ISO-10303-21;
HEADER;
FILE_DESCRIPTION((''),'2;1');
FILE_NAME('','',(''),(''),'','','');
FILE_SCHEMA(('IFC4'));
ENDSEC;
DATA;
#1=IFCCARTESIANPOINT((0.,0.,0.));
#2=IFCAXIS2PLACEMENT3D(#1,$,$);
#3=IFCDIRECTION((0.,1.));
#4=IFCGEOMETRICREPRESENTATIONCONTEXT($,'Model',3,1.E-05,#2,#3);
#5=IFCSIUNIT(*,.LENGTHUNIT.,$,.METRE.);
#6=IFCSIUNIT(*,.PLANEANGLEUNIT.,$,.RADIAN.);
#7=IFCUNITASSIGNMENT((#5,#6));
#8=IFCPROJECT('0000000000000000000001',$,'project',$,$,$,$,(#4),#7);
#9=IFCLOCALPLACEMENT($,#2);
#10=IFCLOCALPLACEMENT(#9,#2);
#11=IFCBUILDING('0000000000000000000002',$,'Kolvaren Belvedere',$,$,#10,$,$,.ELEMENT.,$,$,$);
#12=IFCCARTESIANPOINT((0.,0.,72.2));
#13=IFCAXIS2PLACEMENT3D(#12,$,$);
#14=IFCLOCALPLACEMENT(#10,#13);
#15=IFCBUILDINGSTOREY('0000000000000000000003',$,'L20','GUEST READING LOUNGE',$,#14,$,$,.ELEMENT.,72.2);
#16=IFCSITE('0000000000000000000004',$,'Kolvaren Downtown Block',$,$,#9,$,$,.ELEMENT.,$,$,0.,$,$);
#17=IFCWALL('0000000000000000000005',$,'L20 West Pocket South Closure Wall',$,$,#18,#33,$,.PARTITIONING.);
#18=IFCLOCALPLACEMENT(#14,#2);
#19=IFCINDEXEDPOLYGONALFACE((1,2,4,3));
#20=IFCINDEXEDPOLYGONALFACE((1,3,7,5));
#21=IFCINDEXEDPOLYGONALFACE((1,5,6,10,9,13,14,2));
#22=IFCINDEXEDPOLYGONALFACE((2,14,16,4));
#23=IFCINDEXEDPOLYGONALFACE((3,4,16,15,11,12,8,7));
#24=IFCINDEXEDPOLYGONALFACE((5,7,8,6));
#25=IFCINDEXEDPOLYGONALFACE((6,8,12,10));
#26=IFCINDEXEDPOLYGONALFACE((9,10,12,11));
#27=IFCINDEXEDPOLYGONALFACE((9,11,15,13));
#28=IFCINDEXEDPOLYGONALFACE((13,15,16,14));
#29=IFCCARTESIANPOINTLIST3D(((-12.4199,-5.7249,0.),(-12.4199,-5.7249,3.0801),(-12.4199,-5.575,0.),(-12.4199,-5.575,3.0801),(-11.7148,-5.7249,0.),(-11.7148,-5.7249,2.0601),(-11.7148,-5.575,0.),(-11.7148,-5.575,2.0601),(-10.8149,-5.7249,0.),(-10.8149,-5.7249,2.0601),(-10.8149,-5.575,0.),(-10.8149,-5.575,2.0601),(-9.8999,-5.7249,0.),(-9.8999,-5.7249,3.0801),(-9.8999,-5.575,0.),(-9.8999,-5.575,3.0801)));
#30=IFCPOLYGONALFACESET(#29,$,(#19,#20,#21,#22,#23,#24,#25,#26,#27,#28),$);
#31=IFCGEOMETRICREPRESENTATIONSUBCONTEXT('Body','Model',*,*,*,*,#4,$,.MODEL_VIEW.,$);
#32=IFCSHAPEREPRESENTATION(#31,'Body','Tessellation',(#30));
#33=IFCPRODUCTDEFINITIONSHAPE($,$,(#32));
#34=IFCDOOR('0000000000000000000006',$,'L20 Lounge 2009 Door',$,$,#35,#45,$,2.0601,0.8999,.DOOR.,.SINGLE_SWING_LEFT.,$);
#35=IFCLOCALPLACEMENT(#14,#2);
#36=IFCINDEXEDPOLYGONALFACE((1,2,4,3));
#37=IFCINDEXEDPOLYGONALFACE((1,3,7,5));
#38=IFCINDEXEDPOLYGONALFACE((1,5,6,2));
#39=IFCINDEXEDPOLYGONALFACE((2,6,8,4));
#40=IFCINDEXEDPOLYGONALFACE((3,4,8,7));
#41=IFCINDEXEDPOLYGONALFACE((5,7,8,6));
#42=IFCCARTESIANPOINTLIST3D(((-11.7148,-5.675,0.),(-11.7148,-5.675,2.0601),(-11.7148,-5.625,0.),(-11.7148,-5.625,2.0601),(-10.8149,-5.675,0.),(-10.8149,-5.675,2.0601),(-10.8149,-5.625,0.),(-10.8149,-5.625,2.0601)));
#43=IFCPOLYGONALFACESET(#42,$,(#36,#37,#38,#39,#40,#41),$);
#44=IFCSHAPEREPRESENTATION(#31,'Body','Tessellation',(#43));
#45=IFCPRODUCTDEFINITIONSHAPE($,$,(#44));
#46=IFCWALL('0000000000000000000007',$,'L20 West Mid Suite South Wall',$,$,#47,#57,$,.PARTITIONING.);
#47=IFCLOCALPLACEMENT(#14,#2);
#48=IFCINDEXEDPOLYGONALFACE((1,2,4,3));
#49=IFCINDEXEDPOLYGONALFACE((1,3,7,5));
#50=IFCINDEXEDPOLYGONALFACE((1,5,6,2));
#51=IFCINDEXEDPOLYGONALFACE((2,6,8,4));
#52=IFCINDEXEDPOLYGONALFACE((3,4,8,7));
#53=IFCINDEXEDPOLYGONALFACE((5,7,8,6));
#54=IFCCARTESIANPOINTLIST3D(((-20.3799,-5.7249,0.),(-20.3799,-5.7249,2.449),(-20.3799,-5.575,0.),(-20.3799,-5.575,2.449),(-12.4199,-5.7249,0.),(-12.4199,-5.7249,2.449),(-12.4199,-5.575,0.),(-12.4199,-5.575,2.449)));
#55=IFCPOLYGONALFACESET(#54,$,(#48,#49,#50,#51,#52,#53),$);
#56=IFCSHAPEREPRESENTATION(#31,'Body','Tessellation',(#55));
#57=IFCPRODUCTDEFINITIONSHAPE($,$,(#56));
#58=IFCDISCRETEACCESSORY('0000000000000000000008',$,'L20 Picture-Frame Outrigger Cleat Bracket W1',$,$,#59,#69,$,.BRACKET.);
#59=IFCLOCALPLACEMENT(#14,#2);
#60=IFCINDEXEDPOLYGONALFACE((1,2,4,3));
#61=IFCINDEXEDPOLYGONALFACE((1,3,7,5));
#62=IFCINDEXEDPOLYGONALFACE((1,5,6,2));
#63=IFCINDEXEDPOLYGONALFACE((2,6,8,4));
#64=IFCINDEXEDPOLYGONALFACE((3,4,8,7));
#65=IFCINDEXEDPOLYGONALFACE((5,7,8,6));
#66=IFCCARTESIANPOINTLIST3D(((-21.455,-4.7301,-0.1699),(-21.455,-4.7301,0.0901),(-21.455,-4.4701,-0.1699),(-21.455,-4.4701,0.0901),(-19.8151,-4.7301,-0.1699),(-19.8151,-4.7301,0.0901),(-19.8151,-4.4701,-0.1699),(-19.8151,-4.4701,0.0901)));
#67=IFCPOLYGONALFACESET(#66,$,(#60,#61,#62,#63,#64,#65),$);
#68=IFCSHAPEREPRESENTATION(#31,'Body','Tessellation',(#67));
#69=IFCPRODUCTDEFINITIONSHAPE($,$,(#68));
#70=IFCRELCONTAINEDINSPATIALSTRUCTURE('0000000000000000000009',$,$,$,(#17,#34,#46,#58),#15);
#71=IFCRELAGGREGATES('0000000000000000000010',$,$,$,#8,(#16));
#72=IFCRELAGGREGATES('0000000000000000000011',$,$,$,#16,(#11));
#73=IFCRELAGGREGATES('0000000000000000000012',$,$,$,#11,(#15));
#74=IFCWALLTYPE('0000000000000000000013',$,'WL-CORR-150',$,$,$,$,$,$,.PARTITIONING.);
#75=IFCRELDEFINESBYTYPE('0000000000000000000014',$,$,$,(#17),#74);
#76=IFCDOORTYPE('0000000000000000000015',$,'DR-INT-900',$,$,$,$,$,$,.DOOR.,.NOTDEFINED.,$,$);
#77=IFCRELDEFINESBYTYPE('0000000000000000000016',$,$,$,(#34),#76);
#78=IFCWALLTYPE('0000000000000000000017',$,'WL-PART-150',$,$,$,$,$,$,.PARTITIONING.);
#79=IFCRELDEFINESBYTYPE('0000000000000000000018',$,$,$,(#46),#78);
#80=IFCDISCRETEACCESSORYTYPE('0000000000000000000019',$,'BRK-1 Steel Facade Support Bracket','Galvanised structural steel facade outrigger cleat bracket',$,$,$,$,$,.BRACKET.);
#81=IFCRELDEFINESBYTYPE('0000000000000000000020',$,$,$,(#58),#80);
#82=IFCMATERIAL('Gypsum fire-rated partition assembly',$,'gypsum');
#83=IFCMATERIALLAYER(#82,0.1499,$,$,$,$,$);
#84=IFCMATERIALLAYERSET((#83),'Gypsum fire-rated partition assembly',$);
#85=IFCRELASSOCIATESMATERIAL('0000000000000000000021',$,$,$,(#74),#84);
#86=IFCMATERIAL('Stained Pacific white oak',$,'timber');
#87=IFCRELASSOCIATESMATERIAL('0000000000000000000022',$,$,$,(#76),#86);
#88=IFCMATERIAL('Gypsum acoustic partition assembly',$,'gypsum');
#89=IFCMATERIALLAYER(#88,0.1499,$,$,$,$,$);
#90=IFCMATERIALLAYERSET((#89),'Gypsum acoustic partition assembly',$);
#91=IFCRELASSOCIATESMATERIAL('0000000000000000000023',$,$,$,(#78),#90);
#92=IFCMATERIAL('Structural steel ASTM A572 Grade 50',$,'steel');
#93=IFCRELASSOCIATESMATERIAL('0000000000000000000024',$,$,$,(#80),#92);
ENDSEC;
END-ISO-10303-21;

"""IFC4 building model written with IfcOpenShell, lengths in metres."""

from ifc_helpers import new_model, si_unit, direction, frame, frame_2d, origin, origin_2d, place, context, subcontext, project, spatial, rectangle, extrude, material, layer, layer_set, type_object, element, fill, save


model = new_model("IFC4")

# Units and contexts
model_context = context("Model", 3, precision=1e-05, world=origin(), true_north=direction((0.0, 1.0)))
body_context = subcontext(model_context, "Body", "Model", "MODEL_VIEW")
ifc_project = project(units=[si_unit("LENGTHUNIT", "METRE"), si_unit("PLANEANGLEUNIT", "RADIAN")], contexts=[model_context])

# Site, building, storey
site_placement = place(None, origin())
site = spatial("IfcSite", under=ifc_project, at=site_placement, Name="Kolvaren Downtown Block", CompositionType="ELEMENT", RefElevation=0.0)
building_placement = place(site_placement, origin())
building = spatial("IfcBuilding", under=site, at=building_placement, Name="Kolvaren Belvedere", CompositionType="ELEMENT")
storey_placement = place(building_placement, frame((0.0, 0.0, 72.2)))
storey = spatial("IfcBuildingStorey", under=building, at=storey_placement, Name="L20", Description="GUEST READING LOUNGE", CompositionType="ELEMENT", Elevation=72.2)

# Shared definitions
ifc_material_1 = material(Name="Gypsum fire-rated partition assembly", Category="gypsum")
ifc_layer_1 = layer(ifc_material_1, 0.1499)
ifc_layer_set_1 = layer_set([ifc_layer_1], Name="Gypsum fire-rated partition assembly")
wall_type_1 = type_object("IfcWallType", Name="WL-CORR-150", PredefinedType="PARTITIONING", material=ifc_layer_set_1)
ifc_material_2 = material(Name="Stained Pacific white oak", Category="timber")
door_type = type_object("IfcDoorType", Name="DR-INT-900", OperationType="NOTDEFINED", PredefinedType="DOOR", material=ifc_material_2)

# Wall, opening, door
wall_1_placement = place(storey_placement, frame((-12.4199, -5.6499, 0.0), z_axis=(0.0, 0.0, 1.0), x_axis=(1.0, 0.0, 0.0)))
wall_1 = element("IfcWall", 1, at=wall_1_placement, inside=storey, type_object=wall_type_1, Name="L20 West Pocket South Closure Wall", PredefinedType="PARTITIONING", context=body_context, shape_type="SweptSolid", body=[
    extrude(rectangle(XDim=2.52, YDim=0.1499, at=frame_2d((1.26, 0.0))), origin(), (0.0, 0.0, 1.0), 3.0801),
])
opening_1_placement = place(wall_1_placement, frame((0.7051, 0.0, 0.0)))
opening_1 = element("IfcOpeningElement", 2, at=opening_1_placement, cuts=wall_1, PredefinedType="OPENING", context=body_context, shape_type="SweptSolid", body=[
    extrude(rectangle(XDim=0.8999, YDim=2.0601, at=frame_2d((0.45, 1.03))), frame((0.0, 0.085, 0.0), z_axis=(0.0, -1.0, 0.0), x_axis=(1.0, 0.0, 0.0)), (0.0, 0.0, 1.0), 0.1699),
])
door_1_placement = place(opening_1_placement, origin())
door_1 = element("IfcDoor", 3, at=door_1_placement, inside=storey, type_object=door_type, Name="L20 Lounge 2009 Door", OperationType="SINGLE_SWING_LEFT", OverallHeight=2.0601, OverallWidth=0.8999, PredefinedType="DOOR", context=body_context, shape_type="SweptSolid", body=[
    extrude(rectangle(XDim=0.8999, YDim=2.0601, at=frame_2d((0.45, 1.03))), frame((0.0, 0.0249, 0.0), z_axis=(0.0, -1.0, 0.0), x_axis=(1.0, 0.0, 0.0)), (0.0, 0.0, 1.0), 0.05),
])
fill(opening_1, door_1)

# Wall
ifc_material_3 = material(Name="Gypsum acoustic partition assembly", Category="gypsum")
ifc_layer_2 = layer(ifc_material_3, 0.1499)
ifc_layer_set_2 = layer_set([ifc_layer_2], Name="Gypsum acoustic partition assembly")
wall_type_2 = type_object("IfcWallType", Name="WL-PART-150", PredefinedType="PARTITIONING", material=ifc_layer_set_2)
wall_2_placement = place(storey_placement, frame((-20.3799, -5.6499, 0.0), z_axis=(0.0, 0.0, 1.0), x_axis=(1.0, 0.0, 0.0)))
element("IfcWall", 4, at=wall_2_placement, inside=storey, type_object=wall_type_2, Name="L20 West Mid Suite South Wall", PredefinedType="PARTITIONING", context=body_context, shape_type="SweptSolid", body=[
    extrude(rectangle(XDim=7.96, YDim=0.1499, at=frame_2d((3.98, 0.0))), origin(), (0.0, 0.0, 1.0), 2.449),
])

# Discrete accessory
ifc_material_4 = material(Name="Structural steel ASTM A572 Grade 50", Category="steel")
discrete_accessory_type = type_object("IfcDiscreteAccessoryType", Name="BRK-1 Steel Facade Support Bracket", Description="Galvanised structural steel facade outrigger cleat bracket", PredefinedType="BRACKET", material=ifc_material_4)
discrete_accessory_placement = place(storey_placement, frame((-20.635, -4.6001, -0.1699), z_axis=(0.0, 0.0, 1.0), x_axis=(1.0, 0.0, 0.0)))
element("IfcDiscreteAccessory", 5, at=discrete_accessory_placement, inside=storey, type_object=discrete_accessory_type, Name="L20 Picture-Frame Outrigger Cleat Bracket W1", PredefinedType="BRACKET", context=body_context, shape_type="SweptSolid", body=[
    extrude(rectangle(XDim=1.6399, YDim=0.26, at=origin_2d()), origin(), (0.0, 0.0, 1.0), 0.26),
])

save(model, "model.ifc")
